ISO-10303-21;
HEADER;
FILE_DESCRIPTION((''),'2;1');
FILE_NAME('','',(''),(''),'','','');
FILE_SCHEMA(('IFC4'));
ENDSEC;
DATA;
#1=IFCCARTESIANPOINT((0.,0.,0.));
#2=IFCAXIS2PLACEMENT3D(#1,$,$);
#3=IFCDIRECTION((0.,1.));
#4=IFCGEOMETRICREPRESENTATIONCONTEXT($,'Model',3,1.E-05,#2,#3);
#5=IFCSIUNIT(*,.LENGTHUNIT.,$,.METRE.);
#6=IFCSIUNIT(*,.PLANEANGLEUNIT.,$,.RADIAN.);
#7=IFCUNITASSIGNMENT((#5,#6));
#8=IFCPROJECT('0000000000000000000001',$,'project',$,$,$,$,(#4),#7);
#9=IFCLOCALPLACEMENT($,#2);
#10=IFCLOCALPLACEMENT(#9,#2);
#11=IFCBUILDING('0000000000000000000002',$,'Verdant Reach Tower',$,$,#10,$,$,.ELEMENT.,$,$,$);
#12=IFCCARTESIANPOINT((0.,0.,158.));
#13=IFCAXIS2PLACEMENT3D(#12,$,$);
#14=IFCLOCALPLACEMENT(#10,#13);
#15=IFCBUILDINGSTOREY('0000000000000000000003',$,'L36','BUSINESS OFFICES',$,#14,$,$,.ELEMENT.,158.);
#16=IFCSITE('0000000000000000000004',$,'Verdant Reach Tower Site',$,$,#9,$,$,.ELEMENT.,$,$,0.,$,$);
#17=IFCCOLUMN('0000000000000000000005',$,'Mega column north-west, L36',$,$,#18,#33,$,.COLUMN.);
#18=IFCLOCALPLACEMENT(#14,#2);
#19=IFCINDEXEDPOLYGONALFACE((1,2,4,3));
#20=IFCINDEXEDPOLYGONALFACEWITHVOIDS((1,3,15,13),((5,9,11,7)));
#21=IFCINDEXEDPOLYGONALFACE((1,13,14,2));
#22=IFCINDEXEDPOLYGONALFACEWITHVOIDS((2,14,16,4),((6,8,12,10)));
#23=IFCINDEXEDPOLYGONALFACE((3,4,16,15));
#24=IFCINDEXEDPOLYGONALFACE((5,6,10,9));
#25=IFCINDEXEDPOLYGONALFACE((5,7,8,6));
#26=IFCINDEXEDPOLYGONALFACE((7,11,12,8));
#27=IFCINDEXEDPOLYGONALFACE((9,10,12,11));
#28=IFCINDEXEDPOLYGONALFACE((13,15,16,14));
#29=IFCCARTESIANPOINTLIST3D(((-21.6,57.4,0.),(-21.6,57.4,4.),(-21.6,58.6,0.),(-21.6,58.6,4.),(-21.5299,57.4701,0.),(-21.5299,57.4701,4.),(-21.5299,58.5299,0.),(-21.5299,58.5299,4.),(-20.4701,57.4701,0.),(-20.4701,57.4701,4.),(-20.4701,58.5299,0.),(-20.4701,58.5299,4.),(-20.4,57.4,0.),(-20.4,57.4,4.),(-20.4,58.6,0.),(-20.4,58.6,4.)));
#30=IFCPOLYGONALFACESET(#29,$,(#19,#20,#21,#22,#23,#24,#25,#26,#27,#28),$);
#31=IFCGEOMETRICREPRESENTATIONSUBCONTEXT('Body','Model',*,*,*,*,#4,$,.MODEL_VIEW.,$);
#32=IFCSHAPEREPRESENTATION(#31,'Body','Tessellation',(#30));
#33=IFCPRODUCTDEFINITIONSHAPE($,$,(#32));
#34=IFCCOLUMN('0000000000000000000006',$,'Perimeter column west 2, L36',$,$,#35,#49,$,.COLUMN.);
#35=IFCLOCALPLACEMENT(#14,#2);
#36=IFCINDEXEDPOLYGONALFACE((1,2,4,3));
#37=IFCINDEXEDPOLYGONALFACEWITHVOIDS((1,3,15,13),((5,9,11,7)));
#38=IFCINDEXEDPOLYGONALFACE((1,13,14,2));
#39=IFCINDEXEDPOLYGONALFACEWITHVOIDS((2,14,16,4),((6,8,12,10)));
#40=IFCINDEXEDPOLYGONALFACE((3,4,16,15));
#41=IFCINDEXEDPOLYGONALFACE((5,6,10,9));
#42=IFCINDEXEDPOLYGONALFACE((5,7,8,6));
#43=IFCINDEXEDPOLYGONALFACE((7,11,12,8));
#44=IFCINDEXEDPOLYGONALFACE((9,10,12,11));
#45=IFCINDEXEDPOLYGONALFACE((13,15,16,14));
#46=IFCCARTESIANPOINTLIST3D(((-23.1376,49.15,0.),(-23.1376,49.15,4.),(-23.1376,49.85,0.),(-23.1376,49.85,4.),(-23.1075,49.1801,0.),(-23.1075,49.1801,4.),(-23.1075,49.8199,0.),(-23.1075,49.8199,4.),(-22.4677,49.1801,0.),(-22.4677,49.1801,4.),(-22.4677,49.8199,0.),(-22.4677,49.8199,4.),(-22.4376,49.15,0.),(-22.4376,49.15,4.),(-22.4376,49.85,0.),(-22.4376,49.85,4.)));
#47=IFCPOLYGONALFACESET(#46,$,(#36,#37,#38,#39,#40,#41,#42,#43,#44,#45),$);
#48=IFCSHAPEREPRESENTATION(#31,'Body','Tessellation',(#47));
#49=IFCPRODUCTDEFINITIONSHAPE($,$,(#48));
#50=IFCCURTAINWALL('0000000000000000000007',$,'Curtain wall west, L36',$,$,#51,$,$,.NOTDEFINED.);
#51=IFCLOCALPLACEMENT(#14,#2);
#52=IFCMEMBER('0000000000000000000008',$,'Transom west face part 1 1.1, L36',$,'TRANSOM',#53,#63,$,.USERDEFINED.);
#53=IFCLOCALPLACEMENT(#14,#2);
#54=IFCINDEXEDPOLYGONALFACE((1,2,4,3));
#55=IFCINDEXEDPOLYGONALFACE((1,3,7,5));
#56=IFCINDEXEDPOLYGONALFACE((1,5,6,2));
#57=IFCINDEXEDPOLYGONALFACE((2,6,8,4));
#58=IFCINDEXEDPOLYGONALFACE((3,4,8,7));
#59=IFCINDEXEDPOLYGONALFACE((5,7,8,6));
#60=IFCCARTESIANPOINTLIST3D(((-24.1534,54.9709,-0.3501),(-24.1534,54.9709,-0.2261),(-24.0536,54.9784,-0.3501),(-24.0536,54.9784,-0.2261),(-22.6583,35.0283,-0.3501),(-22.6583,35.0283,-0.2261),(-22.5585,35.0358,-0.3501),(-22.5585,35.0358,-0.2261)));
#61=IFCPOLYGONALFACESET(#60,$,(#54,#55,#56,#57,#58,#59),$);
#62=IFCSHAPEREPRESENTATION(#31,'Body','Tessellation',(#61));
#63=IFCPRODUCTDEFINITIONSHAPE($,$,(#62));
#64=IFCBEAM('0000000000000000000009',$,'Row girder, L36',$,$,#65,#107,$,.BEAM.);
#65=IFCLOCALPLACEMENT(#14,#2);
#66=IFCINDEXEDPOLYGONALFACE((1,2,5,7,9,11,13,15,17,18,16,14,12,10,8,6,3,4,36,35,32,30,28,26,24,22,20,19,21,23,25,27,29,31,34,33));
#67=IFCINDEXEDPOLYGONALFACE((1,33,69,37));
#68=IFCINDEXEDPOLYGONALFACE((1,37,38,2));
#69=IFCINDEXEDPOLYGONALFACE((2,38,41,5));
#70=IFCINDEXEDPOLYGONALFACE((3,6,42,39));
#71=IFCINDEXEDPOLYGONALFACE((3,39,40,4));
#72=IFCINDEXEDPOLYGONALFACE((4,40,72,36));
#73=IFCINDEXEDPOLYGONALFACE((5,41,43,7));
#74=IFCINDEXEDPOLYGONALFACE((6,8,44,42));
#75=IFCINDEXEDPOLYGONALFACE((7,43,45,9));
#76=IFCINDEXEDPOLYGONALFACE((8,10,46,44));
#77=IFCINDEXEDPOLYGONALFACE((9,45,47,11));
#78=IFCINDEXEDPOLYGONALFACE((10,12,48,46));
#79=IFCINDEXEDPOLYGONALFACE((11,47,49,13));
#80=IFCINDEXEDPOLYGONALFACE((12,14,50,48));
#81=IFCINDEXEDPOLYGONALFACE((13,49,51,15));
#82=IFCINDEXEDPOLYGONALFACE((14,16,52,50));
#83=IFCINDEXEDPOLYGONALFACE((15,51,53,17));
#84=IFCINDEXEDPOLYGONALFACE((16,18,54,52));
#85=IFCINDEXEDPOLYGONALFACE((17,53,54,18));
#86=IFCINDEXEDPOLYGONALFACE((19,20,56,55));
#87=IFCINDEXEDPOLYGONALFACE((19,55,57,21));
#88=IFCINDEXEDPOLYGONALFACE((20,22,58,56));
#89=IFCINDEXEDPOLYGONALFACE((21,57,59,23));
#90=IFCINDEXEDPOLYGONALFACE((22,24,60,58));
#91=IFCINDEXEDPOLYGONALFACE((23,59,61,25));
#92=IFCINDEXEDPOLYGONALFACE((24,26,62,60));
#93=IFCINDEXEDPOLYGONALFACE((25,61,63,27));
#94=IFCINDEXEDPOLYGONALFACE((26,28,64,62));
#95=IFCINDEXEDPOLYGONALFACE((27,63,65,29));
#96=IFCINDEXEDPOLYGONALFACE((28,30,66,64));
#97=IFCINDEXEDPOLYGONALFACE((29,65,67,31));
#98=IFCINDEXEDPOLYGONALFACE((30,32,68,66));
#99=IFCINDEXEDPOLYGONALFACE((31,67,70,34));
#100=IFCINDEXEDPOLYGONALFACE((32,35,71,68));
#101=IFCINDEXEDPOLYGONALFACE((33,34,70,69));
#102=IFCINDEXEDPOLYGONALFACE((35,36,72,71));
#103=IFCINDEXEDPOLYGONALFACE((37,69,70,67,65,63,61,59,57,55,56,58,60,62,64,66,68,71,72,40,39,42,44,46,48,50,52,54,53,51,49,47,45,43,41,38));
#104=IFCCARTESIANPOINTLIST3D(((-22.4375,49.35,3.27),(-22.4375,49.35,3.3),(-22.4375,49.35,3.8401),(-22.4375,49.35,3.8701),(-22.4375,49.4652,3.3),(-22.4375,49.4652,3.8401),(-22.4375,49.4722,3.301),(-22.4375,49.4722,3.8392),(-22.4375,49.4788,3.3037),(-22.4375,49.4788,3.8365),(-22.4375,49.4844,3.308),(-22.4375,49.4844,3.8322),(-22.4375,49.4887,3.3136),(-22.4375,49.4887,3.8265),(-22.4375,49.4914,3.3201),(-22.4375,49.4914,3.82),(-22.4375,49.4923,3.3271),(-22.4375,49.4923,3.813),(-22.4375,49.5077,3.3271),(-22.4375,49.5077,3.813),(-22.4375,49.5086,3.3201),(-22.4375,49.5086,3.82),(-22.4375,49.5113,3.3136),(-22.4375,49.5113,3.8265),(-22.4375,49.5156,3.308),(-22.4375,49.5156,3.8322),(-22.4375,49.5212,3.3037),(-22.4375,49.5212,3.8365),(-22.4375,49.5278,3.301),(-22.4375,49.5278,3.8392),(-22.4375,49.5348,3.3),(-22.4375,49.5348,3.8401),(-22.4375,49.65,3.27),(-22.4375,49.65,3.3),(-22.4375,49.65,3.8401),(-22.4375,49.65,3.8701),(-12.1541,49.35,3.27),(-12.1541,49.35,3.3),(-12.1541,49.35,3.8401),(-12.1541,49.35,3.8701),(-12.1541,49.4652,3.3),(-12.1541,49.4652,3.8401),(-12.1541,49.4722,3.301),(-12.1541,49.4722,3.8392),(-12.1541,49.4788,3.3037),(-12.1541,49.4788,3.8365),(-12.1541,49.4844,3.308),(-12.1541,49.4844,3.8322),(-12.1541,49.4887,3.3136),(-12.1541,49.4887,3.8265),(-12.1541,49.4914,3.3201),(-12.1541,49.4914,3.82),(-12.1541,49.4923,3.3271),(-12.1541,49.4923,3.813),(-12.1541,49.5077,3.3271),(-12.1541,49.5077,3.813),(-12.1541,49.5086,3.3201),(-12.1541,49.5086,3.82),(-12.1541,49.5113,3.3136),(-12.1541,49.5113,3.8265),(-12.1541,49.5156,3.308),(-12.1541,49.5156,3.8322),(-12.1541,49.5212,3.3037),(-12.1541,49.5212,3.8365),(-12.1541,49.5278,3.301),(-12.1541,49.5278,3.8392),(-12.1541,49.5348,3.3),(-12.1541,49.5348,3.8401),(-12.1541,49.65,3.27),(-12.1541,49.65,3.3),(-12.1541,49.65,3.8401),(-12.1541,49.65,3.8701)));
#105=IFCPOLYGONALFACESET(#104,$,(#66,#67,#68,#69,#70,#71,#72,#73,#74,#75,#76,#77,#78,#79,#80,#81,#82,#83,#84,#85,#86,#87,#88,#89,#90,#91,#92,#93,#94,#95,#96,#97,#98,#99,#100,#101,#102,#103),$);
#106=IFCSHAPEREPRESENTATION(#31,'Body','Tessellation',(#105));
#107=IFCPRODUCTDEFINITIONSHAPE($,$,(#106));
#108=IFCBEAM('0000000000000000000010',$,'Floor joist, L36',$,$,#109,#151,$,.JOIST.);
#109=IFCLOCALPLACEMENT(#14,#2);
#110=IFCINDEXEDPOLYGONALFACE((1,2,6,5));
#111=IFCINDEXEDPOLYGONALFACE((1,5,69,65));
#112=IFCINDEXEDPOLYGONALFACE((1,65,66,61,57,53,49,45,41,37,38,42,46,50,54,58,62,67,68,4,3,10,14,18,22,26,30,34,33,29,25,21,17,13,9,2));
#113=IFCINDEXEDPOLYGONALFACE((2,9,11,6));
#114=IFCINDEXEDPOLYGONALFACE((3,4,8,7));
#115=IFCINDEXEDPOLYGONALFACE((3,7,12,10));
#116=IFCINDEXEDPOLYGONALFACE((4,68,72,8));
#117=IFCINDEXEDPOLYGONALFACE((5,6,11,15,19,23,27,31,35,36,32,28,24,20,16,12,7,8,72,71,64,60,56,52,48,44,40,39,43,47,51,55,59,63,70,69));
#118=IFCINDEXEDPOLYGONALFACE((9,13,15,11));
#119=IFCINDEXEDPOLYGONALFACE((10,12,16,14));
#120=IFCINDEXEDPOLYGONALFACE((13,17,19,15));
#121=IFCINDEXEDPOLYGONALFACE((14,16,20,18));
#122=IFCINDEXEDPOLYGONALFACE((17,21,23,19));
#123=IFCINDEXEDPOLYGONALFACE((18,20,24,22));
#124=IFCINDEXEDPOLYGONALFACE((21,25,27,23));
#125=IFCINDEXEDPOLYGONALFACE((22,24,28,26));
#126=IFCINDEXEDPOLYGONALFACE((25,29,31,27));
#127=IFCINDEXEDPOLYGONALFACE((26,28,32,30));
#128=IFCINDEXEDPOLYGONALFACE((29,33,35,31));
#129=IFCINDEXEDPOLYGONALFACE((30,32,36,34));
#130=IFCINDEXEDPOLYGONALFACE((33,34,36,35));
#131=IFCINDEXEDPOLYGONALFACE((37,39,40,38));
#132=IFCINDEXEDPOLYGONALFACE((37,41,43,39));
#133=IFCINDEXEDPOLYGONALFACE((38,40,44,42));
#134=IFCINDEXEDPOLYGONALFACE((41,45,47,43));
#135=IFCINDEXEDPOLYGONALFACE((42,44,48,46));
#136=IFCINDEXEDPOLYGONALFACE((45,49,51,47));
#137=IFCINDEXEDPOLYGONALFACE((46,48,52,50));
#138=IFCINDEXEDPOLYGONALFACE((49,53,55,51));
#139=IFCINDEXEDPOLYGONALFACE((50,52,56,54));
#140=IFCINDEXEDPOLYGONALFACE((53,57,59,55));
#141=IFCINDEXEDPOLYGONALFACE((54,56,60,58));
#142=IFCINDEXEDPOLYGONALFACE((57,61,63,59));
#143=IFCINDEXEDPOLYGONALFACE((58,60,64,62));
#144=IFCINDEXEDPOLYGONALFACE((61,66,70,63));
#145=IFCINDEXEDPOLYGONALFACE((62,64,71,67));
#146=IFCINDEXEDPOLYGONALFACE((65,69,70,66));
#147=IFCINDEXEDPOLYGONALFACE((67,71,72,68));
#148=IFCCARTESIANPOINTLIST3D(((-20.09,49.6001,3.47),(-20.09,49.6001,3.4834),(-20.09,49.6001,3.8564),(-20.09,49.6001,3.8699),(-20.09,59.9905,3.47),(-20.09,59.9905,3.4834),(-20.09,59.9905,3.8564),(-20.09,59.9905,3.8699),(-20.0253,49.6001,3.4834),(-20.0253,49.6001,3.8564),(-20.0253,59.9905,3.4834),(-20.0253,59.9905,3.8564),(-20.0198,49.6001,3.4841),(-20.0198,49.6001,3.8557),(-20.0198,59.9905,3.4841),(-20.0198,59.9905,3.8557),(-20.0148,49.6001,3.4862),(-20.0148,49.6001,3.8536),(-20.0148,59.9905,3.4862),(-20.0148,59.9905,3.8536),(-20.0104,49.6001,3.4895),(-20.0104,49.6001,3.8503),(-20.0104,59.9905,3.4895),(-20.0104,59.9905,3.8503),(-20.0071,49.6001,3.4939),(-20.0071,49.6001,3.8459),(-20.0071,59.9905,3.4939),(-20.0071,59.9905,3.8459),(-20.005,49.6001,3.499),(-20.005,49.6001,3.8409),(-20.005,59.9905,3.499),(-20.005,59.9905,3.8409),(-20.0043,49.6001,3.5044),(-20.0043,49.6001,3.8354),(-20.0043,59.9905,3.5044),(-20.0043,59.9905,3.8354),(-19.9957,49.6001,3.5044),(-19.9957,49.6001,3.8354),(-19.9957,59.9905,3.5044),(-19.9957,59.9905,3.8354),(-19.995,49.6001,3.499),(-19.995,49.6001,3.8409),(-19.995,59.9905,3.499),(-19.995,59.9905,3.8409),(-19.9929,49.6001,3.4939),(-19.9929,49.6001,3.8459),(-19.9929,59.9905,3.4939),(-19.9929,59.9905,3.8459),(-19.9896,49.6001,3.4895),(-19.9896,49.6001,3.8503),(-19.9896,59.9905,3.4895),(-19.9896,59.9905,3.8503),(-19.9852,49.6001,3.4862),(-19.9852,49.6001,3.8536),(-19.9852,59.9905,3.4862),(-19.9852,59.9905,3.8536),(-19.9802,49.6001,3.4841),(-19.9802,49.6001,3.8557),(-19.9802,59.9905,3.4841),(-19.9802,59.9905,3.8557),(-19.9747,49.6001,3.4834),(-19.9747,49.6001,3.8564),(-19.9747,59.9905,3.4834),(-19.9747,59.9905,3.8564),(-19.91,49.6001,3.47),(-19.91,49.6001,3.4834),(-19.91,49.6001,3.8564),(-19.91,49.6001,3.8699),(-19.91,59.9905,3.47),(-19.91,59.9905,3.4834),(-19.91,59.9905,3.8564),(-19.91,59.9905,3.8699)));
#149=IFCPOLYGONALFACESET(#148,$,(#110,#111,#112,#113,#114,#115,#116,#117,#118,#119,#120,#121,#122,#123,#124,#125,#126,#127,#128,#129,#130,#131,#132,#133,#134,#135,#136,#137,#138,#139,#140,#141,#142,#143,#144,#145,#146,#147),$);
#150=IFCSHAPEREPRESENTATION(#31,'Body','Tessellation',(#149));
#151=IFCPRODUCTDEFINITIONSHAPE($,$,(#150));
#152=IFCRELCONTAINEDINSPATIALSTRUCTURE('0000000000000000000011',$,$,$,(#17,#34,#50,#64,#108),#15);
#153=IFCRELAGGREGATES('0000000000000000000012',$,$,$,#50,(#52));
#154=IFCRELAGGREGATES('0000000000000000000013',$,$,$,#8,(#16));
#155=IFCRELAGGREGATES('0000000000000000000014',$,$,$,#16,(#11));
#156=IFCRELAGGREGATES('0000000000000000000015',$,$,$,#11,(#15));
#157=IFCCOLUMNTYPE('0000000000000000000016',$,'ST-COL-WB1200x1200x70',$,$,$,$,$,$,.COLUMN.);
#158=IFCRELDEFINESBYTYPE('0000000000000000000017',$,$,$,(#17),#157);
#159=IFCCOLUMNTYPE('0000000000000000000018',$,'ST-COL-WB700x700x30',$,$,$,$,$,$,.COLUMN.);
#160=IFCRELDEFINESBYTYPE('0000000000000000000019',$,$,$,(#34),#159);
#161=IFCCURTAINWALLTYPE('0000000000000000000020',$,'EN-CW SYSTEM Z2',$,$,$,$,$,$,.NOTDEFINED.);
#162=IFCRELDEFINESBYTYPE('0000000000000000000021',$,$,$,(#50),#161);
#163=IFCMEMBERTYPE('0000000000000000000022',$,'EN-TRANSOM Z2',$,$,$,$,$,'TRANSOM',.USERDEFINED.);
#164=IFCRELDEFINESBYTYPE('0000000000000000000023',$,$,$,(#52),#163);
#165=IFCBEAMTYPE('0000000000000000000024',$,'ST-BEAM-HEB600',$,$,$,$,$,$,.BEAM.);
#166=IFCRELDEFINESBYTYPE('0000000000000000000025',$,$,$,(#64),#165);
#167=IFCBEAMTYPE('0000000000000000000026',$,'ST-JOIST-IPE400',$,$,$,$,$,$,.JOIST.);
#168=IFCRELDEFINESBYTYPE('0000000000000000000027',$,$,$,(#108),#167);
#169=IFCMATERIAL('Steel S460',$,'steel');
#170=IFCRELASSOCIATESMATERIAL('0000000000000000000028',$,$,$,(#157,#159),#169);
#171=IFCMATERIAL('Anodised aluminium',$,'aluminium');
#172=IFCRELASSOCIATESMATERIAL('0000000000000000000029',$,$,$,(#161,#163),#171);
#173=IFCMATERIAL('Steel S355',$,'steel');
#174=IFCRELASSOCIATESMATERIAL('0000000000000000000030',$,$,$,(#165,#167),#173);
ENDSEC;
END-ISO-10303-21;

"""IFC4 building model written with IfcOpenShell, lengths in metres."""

from ifc_helpers import new_model, si_unit, direction, frame, origin, origin_2d, place, context, subcontext, project, spatial, rectangle, hollow_rectangle, i_section, extrude, material, material_profile, profile_set, type_object, element, aggregate, save


model = new_model("IFC4")

# Units and contexts
model_context = context("Model", 3, precision=1e-05, world=origin(), true_north=direction((0.0, 1.0)))
body_context = subcontext(model_context, "Body", "Model", "MODEL_VIEW")
ifc_project = project(units=[si_unit("LENGTHUNIT", "METRE"), si_unit("PLANEANGLEUNIT", "RADIAN")], contexts=[model_context])

# Site, building, storey
site_placement = place(None, origin())
site = spatial("IfcSite", under=ifc_project, at=site_placement, Name="Verdant Reach Tower Site", CompositionType="ELEMENT", RefElevation=0.0)
building_placement = place(site_placement, origin())
building = spatial("IfcBuilding", under=site, at=building_placement, Name="Verdant Reach Tower", CompositionType="ELEMENT")
storey_placement = place(building_placement, frame((0.0, 0.0, 158.0)))
storey = spatial("IfcBuildingStorey", under=building, at=storey_placement, Name="L36", Description="BUSINESS OFFICES", CompositionType="ELEMENT", Elevation=158.0)

# Columns
ifc_material_1 = material(Name="Steel S460", Category="steel")
ifc_material_profile_1 = material_profile(ifc_material_1, hollow_rectangle(XDim=1.2, YDim=1.2, WallThickness=0.0701, at=origin_2d()), Name="WB 1200x1200x70")
ifc_profile_set_1 = profile_set([ifc_material_profile_1], Name="Steel S460")
column_type_1 = type_object("IfcColumnType", Name="ST-COL-WB1200x1200x70", PredefinedType="COLUMN", material=ifc_profile_set_1)
column_1_placement = place(storey_placement, frame((-21.0, 58.0, 0.0), z_axis=(0.0, 0.0, 1.0), x_axis=(1.0, 0.0, 0.0)))
element("IfcColumn", 1, at=column_1_placement, inside=storey, type_object=column_type_1, Name="Mega column north-west, L36", PredefinedType="COLUMN", context=body_context, shape_type="SweptSolid", body=[
    extrude(hollow_rectangle(XDim=1.2, YDim=1.2, WallThickness=0.0701, at=origin_2d()), origin(), (0.0, 0.0, 1.0), 4.0),
])
ifc_material_profile_2 = material_profile(ifc_material_1, hollow_rectangle(XDim=0.7, YDim=0.7, WallThickness=0.03, at=origin_2d()), Name="WB 700x700x30")
ifc_profile_set_2 = profile_set([ifc_material_profile_2], Name="Steel S460")
column_type_2 = type_object("IfcColumnType", Name="ST-COL-WB700x700x30", PredefinedType="COLUMN", material=ifc_profile_set_2)
column_2_placement = place(storey_placement, frame((-22.7876, 49.5, 0.0), z_axis=(0.0, 0.0, 1.0), x_axis=(1.0, 0.0, 0.0)))
element("IfcColumn", 2, at=column_2_placement, inside=storey, type_object=column_type_2, Name="Perimeter column west 2, L36", PredefinedType="COLUMN", context=body_context, shape_type="SweptSolid", body=[
    extrude(hollow_rectangle(XDim=0.7, YDim=0.7, WallThickness=0.03, at=origin_2d()), origin(), (0.0, 0.0, 1.0), 4.0),
])

# Curtain wall, member
ifc_material_2 = material(Name="Anodised aluminium", Category="aluminium")
curtain_wall_type = type_object("IfcCurtainWallType", Name="EN-CW SYSTEM Z2", PredefinedType="NOTDEFINED", material=ifc_material_2)
curtain_wall_1_placement = place(storey_placement, origin())
curtain_wall_1 = element("IfcCurtainWall", 3, at=curtain_wall_1_placement, inside=storey, type_object=curtain_wall_type, Name="Curtain wall west, L36", PredefinedType="NOTDEFINED")
ifc_material_profile_3 = material_profile(ifc_material_2, rectangle(XDim=0.1001, YDim=0.124, at=origin_2d()), Name="Transom 124x100")
ifc_profile_set_3 = profile_set([ifc_material_profile_3], Name="Anodised aluminium")
member_type = type_object("IfcMemberType", Name="EN-TRANSOM Z2", ElementType="TRANSOM", PredefinedType="USERDEFINED", material=ifc_profile_set_3)
member_placement = place(storey_placement, frame((-24.1035, 54.9746, -0.2881), z_axis=(0.074761, -0.997201, 0.0), x_axis=(0.997201, 0.074761, 0.0)))
member = element("IfcMember", 4, at=member_placement, type_object=member_type, Name="Transom west face part 1 1.1, L36", ObjectType="TRANSOM", PredefinedType="USERDEFINED", context=body_context, shape_type="SweptSolid", body=[
    extrude(rectangle(XDim=0.1001, YDim=0.124, at=origin_2d()), origin(), (0.0, 0.0, 1.0), 19.9985),
])

# Beams
ifc_material_3 = material(Name="Steel S355", Category="steel")
ifc_material_profile_4 = material_profile(ifc_material_3, i_section(OverallWidth=0.3, OverallDepth=0.6001, WebThickness=0.0154, FlangeThickness=0.03, FilletRadius=0.0271, at=origin_2d()), Name="HEB 600")
ifc_profile_set_4 = profile_set([ifc_material_profile_4], Name="Steel S355")
beam_type_1 = type_object("IfcBeamType", Name="ST-BEAM-HEB600", PredefinedType="BEAM", material=ifc_profile_set_4)
beam_1_placement = place(storey_placement, frame((-22.4375, 49.5, 3.5701), z_axis=(1.0, 0.0, 0.0), x_axis=(0.0, 1.0, 0.0)))
element("IfcBeam", 5, at=beam_1_placement, inside=storey, type_object=beam_type_1, Name="Row girder, L36", PredefinedType="BEAM", context=body_context, shape_type="SweptSolid", body=[
    extrude(i_section(OverallWidth=0.3, OverallDepth=0.6001, WebThickness=0.0154, FlangeThickness=0.03, FilletRadius=0.0271, at=origin_2d()), origin(), (0.0, 0.0, 1.0), 10.2834),
])
ifc_material_profile_5 = material_profile(ifc_material_3, i_section(OverallWidth=0.1799, OverallDepth=0.3999, WebThickness=0.0085, FlangeThickness=0.0134, FilletRadius=0.021, at=origin_2d()), Name="IPE 400")
ifc_profile_set_5 = profile_set([ifc_material_profile_5], Name="Steel S355")
beam_type_2 = type_object("IfcBeamType", Name="ST-JOIST-IPE400", PredefinedType="JOIST", material=ifc_profile_set_5)
beam_2_placement = place(storey_placement, frame((-20.0, 49.6001, 3.6699), z_axis=(0.0, 1.0, 0.0), x_axis=(-1.0, 0.0, 0.0)))
element("IfcBeam", 6, at=beam_2_placement, inside=storey, type_object=beam_type_2, Name="Floor joist, L36", PredefinedType="JOIST", context=body_context, shape_type="SweptSolid", body=[
    extrude(i_section(OverallWidth=0.1799, OverallDepth=0.3999, WebThickness=0.0085, FlangeThickness=0.0134, FilletRadius=0.021, at=origin_2d()), origin(), (0.0, 0.0, 1.0), 10.3904),
])

aggregate(curtain_wall_1, [member])

save(model, "model.ifc")
